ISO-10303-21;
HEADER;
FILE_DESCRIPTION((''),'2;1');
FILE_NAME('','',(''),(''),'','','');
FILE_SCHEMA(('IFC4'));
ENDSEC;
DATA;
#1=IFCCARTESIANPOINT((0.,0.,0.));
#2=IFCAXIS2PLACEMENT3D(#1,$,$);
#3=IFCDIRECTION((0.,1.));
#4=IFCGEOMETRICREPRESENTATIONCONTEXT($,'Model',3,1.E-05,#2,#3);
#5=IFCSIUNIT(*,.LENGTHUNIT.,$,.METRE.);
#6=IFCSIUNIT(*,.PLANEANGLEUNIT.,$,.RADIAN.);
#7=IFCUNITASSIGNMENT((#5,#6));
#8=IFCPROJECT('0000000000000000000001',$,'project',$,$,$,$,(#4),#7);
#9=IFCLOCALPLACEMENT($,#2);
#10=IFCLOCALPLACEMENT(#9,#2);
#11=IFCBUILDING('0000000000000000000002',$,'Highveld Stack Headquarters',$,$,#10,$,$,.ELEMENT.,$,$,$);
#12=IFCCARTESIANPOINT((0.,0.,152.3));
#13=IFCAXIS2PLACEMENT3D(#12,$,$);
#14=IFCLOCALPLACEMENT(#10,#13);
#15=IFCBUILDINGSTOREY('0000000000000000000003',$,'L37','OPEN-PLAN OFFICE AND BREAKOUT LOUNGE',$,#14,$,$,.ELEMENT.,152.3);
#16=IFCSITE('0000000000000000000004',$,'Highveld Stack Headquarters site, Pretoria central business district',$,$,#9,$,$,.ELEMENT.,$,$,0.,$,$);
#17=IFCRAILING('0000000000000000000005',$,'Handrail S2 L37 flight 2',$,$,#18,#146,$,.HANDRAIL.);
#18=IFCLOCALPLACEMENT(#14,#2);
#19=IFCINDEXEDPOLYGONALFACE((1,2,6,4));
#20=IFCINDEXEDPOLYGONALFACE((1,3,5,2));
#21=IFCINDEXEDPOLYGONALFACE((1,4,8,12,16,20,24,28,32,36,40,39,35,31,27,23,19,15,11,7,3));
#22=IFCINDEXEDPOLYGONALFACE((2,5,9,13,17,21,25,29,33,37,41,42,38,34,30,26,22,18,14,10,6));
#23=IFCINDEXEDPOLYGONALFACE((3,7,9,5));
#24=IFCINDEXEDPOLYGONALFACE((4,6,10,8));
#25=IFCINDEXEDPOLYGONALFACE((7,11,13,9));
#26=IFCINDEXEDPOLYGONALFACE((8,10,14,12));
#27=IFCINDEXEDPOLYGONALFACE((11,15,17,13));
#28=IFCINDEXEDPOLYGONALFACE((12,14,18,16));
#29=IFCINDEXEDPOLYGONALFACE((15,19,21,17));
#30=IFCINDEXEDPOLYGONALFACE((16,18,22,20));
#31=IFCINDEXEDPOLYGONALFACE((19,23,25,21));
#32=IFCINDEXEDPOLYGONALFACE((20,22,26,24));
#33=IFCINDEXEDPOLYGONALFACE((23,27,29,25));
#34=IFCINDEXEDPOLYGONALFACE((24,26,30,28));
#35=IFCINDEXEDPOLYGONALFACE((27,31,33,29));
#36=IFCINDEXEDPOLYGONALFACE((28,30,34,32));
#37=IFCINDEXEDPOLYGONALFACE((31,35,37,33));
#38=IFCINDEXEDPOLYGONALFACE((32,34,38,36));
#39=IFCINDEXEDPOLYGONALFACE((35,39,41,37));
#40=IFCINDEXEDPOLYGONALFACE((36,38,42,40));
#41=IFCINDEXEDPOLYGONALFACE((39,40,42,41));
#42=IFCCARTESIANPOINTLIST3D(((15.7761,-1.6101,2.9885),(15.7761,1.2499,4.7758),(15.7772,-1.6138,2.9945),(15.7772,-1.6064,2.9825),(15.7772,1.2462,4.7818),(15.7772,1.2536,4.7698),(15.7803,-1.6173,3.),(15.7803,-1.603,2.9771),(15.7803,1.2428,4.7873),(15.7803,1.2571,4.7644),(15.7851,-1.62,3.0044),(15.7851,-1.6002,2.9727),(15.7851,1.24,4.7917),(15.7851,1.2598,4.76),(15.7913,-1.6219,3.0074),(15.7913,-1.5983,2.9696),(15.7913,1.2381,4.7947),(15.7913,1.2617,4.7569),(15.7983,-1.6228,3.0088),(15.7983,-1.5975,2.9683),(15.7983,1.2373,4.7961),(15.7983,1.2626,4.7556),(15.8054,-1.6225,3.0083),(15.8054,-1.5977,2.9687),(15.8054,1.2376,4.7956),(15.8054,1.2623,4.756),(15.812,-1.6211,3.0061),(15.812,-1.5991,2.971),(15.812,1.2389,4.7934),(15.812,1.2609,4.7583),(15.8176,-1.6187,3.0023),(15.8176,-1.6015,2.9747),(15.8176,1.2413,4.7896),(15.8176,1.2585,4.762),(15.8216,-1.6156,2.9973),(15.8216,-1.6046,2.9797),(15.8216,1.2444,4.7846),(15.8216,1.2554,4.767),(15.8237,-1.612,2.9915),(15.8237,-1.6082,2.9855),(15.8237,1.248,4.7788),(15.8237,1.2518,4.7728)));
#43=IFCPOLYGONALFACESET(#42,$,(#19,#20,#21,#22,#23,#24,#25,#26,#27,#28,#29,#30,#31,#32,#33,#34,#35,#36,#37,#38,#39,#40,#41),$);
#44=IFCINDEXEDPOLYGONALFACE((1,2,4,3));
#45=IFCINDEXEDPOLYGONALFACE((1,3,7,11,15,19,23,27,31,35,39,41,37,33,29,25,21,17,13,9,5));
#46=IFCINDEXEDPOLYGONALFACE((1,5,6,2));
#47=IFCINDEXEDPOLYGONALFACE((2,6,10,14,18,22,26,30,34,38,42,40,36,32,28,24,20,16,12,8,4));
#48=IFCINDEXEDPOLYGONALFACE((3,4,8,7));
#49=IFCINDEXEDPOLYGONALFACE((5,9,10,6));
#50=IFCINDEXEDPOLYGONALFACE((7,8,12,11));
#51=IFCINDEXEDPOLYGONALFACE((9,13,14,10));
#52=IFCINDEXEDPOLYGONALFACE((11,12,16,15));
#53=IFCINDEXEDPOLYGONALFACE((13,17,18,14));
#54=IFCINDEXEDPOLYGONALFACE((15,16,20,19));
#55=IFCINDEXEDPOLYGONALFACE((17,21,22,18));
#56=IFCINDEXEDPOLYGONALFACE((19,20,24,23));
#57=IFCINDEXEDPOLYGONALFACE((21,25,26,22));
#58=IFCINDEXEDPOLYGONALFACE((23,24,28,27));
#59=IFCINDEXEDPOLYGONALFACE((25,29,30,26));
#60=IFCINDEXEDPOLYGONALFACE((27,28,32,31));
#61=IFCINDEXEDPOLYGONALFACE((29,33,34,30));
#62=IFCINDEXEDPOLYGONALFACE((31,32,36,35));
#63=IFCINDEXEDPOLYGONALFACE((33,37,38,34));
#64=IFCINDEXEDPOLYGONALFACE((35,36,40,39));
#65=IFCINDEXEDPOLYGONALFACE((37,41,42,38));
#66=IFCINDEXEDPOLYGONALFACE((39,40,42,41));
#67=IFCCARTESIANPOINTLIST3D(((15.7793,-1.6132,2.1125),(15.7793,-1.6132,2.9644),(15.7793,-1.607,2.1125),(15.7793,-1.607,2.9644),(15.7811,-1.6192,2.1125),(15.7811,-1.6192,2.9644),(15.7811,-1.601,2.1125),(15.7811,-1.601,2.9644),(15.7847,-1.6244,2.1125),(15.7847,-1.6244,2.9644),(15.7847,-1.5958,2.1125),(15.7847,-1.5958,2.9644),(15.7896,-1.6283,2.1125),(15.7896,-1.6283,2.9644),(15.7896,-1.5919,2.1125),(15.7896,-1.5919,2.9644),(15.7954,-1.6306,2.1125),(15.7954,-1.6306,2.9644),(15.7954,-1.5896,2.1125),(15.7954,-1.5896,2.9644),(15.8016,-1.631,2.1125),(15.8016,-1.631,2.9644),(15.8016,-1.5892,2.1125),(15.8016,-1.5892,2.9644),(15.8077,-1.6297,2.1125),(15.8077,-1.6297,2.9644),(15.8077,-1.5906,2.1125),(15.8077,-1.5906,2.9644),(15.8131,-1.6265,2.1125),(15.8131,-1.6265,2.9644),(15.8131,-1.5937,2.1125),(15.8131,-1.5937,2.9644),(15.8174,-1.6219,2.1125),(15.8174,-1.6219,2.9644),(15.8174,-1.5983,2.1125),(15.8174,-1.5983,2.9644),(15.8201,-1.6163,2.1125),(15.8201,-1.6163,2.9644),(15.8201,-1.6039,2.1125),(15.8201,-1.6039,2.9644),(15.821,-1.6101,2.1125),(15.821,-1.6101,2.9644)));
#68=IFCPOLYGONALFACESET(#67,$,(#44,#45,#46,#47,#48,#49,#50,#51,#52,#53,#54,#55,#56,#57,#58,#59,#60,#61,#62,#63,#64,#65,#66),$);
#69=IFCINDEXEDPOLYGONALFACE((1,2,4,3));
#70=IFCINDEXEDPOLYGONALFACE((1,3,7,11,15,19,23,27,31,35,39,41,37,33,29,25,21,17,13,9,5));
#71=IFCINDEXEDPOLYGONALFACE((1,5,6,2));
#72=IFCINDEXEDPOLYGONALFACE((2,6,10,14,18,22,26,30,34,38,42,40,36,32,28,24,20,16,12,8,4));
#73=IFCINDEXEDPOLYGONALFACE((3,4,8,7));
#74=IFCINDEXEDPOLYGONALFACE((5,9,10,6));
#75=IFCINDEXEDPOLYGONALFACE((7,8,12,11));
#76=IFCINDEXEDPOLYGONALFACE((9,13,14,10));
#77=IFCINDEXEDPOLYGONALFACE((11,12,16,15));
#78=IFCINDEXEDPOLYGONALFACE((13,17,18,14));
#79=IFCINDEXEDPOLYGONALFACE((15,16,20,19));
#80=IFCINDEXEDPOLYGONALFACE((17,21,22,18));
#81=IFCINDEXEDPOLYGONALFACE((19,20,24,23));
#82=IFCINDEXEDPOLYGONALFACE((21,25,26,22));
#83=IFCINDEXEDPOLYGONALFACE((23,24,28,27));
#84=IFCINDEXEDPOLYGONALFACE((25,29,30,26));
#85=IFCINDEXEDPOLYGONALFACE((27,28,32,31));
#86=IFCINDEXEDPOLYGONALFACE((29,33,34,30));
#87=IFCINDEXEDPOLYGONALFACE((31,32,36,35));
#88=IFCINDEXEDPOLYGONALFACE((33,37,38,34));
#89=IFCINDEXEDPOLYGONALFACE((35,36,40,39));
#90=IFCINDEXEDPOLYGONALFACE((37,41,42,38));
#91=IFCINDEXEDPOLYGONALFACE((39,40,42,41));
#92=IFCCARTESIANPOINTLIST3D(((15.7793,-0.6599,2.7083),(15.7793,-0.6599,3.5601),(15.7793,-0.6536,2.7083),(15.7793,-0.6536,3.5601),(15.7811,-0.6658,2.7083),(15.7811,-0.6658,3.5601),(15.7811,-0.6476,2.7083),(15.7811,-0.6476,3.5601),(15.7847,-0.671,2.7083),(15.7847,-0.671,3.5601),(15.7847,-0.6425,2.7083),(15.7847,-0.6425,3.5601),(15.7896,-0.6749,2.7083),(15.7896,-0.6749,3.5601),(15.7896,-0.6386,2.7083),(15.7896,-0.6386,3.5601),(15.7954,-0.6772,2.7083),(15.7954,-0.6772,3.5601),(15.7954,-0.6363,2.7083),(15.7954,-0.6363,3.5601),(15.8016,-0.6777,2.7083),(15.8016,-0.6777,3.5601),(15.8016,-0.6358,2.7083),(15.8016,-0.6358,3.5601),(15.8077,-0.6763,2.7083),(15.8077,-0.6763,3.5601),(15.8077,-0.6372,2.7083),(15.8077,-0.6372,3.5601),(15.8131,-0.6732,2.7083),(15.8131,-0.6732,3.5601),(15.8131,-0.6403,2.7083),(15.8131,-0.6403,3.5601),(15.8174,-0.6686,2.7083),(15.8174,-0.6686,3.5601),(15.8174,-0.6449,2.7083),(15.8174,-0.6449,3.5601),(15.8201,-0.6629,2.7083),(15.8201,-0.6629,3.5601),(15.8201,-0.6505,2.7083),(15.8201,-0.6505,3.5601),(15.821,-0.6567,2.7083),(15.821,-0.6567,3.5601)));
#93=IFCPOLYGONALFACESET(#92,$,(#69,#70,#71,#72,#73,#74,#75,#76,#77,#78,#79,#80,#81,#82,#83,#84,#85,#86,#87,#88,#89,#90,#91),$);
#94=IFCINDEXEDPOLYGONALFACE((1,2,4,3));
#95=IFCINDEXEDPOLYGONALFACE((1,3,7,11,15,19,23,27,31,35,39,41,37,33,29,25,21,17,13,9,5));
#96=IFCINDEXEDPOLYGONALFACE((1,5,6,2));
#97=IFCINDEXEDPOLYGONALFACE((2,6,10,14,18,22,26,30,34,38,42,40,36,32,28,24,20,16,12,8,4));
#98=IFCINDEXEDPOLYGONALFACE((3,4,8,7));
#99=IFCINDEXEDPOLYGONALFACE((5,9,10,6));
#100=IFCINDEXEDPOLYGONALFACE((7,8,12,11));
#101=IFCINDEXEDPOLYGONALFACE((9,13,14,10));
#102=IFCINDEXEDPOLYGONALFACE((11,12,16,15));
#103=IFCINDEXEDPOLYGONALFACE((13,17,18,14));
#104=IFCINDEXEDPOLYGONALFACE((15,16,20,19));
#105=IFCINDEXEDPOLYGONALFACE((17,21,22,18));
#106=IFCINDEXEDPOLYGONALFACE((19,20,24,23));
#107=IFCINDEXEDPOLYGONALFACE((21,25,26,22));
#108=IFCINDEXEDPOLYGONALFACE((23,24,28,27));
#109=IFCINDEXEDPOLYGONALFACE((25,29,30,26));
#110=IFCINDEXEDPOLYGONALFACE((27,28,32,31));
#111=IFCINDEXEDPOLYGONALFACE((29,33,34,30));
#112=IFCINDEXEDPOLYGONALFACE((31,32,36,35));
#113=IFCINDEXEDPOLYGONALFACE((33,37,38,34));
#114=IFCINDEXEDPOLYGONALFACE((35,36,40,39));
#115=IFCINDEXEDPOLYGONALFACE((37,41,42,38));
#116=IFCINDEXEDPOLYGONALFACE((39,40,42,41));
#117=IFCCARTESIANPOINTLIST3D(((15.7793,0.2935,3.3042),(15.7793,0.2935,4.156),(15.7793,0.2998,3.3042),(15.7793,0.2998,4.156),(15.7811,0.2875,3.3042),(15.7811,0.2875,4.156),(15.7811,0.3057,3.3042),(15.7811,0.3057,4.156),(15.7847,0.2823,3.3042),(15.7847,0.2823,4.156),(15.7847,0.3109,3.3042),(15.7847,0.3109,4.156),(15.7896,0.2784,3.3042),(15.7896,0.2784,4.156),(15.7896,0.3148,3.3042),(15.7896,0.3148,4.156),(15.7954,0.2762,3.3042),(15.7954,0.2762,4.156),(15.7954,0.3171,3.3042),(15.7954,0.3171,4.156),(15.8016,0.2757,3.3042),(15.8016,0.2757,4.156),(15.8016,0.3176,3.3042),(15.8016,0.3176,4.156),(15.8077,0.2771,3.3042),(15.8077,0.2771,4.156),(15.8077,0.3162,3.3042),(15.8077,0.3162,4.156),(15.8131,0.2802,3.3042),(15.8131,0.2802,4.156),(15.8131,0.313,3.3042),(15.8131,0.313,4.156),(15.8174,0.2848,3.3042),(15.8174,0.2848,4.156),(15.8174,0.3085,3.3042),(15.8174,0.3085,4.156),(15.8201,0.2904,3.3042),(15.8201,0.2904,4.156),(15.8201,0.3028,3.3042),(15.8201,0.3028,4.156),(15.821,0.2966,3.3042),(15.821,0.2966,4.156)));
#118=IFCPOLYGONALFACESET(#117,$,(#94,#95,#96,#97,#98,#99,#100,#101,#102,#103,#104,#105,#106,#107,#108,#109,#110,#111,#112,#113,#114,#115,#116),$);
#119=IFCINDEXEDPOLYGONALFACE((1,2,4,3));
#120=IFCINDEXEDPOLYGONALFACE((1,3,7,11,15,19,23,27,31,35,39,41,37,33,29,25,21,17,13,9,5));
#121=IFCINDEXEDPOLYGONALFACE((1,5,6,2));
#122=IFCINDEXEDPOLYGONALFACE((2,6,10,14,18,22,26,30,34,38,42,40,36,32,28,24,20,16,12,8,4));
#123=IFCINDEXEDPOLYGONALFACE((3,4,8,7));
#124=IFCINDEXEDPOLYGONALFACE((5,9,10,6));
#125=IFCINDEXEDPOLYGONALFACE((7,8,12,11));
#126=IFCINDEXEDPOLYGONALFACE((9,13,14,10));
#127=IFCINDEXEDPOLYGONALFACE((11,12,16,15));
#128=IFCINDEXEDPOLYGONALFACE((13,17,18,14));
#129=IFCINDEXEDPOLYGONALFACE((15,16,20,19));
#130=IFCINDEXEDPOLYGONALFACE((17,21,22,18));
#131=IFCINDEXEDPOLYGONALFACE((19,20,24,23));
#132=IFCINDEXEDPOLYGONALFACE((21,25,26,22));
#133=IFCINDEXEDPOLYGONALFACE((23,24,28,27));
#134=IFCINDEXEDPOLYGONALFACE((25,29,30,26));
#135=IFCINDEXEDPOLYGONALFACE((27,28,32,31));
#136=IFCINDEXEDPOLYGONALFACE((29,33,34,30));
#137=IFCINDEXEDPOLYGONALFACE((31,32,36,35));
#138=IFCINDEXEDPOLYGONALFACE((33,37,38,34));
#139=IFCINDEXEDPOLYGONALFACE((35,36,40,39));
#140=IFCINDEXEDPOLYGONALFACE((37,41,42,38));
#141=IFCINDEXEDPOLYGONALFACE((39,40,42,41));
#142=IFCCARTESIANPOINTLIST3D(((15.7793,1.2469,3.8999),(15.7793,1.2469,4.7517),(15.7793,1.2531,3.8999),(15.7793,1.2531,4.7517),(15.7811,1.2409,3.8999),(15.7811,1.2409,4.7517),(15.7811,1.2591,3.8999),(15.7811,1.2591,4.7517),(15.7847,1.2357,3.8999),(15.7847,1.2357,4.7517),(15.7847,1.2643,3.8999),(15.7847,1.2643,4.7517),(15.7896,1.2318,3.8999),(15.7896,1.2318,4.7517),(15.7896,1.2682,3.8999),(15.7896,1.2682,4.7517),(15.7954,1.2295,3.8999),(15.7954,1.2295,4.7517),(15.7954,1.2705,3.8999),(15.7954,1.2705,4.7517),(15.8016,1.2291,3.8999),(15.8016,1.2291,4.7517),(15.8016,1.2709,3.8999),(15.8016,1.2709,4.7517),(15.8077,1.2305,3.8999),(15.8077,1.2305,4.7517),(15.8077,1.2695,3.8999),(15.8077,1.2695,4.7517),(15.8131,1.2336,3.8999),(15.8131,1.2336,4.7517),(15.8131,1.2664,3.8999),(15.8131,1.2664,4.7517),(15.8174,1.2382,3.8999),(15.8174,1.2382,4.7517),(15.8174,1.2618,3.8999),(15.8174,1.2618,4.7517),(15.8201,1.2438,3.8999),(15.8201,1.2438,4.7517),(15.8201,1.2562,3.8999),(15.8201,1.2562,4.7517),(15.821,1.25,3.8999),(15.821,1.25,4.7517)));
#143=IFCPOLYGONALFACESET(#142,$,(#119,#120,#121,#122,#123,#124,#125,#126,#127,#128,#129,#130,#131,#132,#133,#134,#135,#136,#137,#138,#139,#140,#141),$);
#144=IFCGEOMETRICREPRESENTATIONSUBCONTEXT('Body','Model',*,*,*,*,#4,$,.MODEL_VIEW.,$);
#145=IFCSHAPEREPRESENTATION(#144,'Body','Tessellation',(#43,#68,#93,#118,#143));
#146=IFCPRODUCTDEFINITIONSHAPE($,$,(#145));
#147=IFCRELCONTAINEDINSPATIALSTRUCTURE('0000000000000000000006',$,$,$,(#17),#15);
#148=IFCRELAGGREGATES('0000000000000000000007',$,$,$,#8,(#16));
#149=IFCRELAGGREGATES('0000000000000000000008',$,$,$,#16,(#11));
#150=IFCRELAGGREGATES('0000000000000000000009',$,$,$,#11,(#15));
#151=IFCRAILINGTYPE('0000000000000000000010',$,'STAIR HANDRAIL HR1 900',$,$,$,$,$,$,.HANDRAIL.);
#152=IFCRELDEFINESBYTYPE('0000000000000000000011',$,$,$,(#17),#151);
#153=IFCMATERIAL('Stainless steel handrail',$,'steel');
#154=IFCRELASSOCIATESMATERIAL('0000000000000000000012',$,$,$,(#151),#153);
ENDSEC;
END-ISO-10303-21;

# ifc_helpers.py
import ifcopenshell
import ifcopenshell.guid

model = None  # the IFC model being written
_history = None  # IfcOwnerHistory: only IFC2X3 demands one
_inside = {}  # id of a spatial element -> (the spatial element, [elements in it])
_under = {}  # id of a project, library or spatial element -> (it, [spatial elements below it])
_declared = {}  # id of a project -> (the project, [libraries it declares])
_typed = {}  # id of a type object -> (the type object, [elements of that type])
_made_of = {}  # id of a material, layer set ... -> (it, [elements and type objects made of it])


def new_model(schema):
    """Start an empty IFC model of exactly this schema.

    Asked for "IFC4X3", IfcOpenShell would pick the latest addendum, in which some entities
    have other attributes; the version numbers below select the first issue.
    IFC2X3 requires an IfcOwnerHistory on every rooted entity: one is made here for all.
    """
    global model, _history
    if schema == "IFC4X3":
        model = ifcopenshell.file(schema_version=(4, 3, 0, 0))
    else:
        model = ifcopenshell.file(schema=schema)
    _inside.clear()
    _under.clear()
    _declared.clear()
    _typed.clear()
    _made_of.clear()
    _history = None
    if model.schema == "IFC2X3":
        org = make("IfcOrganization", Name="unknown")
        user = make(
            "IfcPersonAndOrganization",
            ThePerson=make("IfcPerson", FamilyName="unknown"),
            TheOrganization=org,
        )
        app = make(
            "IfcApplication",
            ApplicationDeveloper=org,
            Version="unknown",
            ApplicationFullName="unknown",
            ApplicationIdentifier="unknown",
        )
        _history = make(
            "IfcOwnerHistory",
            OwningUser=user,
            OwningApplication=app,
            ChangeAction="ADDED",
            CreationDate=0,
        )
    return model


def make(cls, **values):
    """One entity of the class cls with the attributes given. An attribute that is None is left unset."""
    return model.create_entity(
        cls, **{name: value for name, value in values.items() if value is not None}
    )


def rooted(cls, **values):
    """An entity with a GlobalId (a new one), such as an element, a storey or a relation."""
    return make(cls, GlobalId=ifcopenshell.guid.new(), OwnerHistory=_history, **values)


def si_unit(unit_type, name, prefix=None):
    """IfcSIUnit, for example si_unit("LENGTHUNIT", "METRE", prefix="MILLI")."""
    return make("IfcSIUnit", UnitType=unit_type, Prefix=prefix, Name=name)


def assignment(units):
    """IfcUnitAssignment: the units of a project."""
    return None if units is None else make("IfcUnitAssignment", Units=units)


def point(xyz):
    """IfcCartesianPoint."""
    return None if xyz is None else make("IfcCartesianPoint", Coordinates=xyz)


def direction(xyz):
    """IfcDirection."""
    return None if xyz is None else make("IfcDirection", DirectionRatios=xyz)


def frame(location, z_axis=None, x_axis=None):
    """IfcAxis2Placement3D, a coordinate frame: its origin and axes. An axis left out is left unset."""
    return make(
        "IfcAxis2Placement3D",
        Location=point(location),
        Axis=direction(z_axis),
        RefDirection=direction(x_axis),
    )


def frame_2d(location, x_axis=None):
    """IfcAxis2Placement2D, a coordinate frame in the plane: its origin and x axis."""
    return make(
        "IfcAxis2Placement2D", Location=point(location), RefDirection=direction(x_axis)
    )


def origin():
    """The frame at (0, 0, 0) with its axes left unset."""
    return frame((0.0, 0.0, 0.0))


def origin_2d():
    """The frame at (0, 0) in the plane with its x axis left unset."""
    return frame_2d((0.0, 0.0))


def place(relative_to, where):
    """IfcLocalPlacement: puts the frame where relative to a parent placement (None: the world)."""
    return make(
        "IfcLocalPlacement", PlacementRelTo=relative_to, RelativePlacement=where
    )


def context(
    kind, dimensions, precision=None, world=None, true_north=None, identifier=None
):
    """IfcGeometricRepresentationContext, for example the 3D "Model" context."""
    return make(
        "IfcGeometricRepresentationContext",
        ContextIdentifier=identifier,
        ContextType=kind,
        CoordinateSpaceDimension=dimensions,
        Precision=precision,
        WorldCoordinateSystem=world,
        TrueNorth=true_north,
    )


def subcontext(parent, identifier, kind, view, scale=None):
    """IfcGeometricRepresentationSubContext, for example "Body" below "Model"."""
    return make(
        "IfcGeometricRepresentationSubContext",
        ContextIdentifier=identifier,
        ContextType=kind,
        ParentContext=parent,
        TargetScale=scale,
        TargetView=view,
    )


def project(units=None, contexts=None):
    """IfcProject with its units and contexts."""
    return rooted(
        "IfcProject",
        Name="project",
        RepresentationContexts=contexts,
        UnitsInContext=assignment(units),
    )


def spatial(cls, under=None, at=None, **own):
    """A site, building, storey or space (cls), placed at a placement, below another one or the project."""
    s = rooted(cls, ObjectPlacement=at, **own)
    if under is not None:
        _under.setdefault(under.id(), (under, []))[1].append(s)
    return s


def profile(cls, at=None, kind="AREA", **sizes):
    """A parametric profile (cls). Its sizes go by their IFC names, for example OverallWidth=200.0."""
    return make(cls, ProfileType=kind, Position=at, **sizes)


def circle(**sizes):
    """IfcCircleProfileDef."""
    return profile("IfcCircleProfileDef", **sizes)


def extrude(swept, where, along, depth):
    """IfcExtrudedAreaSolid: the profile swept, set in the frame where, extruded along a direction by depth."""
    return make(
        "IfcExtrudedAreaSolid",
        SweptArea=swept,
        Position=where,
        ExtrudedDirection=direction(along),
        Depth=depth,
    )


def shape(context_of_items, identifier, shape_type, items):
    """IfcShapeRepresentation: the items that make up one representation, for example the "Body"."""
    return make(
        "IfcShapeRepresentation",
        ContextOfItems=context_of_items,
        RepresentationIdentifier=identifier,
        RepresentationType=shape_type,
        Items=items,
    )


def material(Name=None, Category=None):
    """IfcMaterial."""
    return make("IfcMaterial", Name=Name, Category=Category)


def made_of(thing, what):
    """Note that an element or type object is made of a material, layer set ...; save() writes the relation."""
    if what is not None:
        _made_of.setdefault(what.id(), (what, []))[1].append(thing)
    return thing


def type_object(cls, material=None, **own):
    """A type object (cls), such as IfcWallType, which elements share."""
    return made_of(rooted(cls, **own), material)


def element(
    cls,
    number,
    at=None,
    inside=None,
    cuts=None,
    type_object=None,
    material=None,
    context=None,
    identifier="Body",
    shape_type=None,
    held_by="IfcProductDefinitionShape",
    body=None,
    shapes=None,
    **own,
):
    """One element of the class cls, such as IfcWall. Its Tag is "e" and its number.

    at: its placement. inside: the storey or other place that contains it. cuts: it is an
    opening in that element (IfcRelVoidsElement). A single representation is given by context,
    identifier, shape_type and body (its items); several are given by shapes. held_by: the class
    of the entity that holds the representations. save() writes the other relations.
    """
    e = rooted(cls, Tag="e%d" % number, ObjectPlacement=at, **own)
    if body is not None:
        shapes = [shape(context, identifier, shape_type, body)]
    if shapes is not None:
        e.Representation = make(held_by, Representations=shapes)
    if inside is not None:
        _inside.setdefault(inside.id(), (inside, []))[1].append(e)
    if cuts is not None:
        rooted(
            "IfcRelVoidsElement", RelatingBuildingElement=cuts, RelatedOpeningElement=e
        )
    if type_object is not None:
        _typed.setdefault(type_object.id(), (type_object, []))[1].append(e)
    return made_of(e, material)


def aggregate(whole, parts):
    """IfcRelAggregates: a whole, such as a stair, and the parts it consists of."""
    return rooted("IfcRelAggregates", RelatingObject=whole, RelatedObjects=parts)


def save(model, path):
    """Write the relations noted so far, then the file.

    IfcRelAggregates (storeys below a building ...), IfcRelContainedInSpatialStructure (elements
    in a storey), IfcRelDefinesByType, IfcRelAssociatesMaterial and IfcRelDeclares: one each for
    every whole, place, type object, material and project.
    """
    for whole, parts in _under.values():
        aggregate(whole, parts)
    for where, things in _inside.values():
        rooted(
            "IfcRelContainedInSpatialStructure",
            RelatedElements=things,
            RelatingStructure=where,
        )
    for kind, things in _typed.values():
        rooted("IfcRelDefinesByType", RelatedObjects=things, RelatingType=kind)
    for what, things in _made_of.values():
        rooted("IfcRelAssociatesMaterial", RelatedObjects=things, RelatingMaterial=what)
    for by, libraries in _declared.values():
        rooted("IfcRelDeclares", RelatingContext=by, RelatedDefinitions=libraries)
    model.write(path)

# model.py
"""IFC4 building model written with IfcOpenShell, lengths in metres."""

from ifc_helpers import new_model, si_unit, direction, frame, origin, origin_2d, place, context, subcontext, project, spatial, circle, extrude, material, type_object, element, save


model = new_model("IFC4")

# Units and contexts
model_context = context("Model", 3, precision=1e-05, world=origin(), true_north=direction((0.0, 1.0)))
body_context = subcontext(model_context, "Body", "Model", "MODEL_VIEW")
ifc_project = project(units=[si_unit("LENGTHUNIT", "METRE"), si_unit("PLANEANGLEUNIT", "RADIAN")], contexts=[model_context])

# Site, building, storey
site_placement = place(None, origin())
site = spatial("IfcSite", under=ifc_project, at=site_placement, Name="Highveld Stack Headquarters site, Pretoria central business district", CompositionType="ELEMENT", RefElevation=0.0)
building_placement = place(site_placement, origin())
building = spatial("IfcBuilding", under=site, at=building_placement, Name="Highveld Stack Headquarters", CompositionType="ELEMENT")
storey_placement = place(building_placement, frame((0.0, 0.0, 152.3)))
storey = spatial("IfcBuildingStorey", under=building, at=storey_placement, Name="L37", Description="OPEN-PLAN OFFICE AND BREAKOUT LOUNGE", CompositionType="ELEMENT", Elevation=152.3)

# Railing
ifc_material_1 = material(Name="Stainless steel handrail", Category="steel")
railing_type = type_object("IfcRailingType", Name="STAIR HANDRAIL HR1 900", PredefinedType="HANDRAIL", material=ifc_material_1)
for number, where, name in (
    (1, (15.8, -1.6101, 2.1125), "Handrail S2 L37 flight 2"),
):
    element("IfcRailing", number, at=place(storey_placement, frame(where)), inside=storey, type_object=railing_type, Name=name, PredefinedType="HANDRAIL", context=body_context, shape_type="SweptSolid", body=[
        extrude(circle(Radius=0.0239, at=origin_2d()), frame((0.0, 0.0, 0.876), z_axis=(0.0, 0.848027, 0.529953), x_axis=(-1.0, 0.0, 0.0)), (0.0, 0.0, 1.0), 3.3726),
        extrude(circle(Radius=0.021, at=origin_2d()), origin(), (0.0, 0.0, 1.0), 0.8518),
        extrude(circle(Radius=0.021, at=origin_2d()), frame((0.0, 0.9534, 0.5957)), (0.0, 0.0, 1.0), 0.8518),
        extrude(circle(Radius=0.021, at=origin_2d()), frame((0.0, 1.9067, 1.1917)), (0.0, 0.0, 1.0), 0.8518),
        extrude(circle(Radius=0.021, at=origin_2d()), frame((0.0, 2.8601, 1.7874)), (0.0, 0.0, 1.0), 0.8518),
    ])

save(model, "model.ifc")
